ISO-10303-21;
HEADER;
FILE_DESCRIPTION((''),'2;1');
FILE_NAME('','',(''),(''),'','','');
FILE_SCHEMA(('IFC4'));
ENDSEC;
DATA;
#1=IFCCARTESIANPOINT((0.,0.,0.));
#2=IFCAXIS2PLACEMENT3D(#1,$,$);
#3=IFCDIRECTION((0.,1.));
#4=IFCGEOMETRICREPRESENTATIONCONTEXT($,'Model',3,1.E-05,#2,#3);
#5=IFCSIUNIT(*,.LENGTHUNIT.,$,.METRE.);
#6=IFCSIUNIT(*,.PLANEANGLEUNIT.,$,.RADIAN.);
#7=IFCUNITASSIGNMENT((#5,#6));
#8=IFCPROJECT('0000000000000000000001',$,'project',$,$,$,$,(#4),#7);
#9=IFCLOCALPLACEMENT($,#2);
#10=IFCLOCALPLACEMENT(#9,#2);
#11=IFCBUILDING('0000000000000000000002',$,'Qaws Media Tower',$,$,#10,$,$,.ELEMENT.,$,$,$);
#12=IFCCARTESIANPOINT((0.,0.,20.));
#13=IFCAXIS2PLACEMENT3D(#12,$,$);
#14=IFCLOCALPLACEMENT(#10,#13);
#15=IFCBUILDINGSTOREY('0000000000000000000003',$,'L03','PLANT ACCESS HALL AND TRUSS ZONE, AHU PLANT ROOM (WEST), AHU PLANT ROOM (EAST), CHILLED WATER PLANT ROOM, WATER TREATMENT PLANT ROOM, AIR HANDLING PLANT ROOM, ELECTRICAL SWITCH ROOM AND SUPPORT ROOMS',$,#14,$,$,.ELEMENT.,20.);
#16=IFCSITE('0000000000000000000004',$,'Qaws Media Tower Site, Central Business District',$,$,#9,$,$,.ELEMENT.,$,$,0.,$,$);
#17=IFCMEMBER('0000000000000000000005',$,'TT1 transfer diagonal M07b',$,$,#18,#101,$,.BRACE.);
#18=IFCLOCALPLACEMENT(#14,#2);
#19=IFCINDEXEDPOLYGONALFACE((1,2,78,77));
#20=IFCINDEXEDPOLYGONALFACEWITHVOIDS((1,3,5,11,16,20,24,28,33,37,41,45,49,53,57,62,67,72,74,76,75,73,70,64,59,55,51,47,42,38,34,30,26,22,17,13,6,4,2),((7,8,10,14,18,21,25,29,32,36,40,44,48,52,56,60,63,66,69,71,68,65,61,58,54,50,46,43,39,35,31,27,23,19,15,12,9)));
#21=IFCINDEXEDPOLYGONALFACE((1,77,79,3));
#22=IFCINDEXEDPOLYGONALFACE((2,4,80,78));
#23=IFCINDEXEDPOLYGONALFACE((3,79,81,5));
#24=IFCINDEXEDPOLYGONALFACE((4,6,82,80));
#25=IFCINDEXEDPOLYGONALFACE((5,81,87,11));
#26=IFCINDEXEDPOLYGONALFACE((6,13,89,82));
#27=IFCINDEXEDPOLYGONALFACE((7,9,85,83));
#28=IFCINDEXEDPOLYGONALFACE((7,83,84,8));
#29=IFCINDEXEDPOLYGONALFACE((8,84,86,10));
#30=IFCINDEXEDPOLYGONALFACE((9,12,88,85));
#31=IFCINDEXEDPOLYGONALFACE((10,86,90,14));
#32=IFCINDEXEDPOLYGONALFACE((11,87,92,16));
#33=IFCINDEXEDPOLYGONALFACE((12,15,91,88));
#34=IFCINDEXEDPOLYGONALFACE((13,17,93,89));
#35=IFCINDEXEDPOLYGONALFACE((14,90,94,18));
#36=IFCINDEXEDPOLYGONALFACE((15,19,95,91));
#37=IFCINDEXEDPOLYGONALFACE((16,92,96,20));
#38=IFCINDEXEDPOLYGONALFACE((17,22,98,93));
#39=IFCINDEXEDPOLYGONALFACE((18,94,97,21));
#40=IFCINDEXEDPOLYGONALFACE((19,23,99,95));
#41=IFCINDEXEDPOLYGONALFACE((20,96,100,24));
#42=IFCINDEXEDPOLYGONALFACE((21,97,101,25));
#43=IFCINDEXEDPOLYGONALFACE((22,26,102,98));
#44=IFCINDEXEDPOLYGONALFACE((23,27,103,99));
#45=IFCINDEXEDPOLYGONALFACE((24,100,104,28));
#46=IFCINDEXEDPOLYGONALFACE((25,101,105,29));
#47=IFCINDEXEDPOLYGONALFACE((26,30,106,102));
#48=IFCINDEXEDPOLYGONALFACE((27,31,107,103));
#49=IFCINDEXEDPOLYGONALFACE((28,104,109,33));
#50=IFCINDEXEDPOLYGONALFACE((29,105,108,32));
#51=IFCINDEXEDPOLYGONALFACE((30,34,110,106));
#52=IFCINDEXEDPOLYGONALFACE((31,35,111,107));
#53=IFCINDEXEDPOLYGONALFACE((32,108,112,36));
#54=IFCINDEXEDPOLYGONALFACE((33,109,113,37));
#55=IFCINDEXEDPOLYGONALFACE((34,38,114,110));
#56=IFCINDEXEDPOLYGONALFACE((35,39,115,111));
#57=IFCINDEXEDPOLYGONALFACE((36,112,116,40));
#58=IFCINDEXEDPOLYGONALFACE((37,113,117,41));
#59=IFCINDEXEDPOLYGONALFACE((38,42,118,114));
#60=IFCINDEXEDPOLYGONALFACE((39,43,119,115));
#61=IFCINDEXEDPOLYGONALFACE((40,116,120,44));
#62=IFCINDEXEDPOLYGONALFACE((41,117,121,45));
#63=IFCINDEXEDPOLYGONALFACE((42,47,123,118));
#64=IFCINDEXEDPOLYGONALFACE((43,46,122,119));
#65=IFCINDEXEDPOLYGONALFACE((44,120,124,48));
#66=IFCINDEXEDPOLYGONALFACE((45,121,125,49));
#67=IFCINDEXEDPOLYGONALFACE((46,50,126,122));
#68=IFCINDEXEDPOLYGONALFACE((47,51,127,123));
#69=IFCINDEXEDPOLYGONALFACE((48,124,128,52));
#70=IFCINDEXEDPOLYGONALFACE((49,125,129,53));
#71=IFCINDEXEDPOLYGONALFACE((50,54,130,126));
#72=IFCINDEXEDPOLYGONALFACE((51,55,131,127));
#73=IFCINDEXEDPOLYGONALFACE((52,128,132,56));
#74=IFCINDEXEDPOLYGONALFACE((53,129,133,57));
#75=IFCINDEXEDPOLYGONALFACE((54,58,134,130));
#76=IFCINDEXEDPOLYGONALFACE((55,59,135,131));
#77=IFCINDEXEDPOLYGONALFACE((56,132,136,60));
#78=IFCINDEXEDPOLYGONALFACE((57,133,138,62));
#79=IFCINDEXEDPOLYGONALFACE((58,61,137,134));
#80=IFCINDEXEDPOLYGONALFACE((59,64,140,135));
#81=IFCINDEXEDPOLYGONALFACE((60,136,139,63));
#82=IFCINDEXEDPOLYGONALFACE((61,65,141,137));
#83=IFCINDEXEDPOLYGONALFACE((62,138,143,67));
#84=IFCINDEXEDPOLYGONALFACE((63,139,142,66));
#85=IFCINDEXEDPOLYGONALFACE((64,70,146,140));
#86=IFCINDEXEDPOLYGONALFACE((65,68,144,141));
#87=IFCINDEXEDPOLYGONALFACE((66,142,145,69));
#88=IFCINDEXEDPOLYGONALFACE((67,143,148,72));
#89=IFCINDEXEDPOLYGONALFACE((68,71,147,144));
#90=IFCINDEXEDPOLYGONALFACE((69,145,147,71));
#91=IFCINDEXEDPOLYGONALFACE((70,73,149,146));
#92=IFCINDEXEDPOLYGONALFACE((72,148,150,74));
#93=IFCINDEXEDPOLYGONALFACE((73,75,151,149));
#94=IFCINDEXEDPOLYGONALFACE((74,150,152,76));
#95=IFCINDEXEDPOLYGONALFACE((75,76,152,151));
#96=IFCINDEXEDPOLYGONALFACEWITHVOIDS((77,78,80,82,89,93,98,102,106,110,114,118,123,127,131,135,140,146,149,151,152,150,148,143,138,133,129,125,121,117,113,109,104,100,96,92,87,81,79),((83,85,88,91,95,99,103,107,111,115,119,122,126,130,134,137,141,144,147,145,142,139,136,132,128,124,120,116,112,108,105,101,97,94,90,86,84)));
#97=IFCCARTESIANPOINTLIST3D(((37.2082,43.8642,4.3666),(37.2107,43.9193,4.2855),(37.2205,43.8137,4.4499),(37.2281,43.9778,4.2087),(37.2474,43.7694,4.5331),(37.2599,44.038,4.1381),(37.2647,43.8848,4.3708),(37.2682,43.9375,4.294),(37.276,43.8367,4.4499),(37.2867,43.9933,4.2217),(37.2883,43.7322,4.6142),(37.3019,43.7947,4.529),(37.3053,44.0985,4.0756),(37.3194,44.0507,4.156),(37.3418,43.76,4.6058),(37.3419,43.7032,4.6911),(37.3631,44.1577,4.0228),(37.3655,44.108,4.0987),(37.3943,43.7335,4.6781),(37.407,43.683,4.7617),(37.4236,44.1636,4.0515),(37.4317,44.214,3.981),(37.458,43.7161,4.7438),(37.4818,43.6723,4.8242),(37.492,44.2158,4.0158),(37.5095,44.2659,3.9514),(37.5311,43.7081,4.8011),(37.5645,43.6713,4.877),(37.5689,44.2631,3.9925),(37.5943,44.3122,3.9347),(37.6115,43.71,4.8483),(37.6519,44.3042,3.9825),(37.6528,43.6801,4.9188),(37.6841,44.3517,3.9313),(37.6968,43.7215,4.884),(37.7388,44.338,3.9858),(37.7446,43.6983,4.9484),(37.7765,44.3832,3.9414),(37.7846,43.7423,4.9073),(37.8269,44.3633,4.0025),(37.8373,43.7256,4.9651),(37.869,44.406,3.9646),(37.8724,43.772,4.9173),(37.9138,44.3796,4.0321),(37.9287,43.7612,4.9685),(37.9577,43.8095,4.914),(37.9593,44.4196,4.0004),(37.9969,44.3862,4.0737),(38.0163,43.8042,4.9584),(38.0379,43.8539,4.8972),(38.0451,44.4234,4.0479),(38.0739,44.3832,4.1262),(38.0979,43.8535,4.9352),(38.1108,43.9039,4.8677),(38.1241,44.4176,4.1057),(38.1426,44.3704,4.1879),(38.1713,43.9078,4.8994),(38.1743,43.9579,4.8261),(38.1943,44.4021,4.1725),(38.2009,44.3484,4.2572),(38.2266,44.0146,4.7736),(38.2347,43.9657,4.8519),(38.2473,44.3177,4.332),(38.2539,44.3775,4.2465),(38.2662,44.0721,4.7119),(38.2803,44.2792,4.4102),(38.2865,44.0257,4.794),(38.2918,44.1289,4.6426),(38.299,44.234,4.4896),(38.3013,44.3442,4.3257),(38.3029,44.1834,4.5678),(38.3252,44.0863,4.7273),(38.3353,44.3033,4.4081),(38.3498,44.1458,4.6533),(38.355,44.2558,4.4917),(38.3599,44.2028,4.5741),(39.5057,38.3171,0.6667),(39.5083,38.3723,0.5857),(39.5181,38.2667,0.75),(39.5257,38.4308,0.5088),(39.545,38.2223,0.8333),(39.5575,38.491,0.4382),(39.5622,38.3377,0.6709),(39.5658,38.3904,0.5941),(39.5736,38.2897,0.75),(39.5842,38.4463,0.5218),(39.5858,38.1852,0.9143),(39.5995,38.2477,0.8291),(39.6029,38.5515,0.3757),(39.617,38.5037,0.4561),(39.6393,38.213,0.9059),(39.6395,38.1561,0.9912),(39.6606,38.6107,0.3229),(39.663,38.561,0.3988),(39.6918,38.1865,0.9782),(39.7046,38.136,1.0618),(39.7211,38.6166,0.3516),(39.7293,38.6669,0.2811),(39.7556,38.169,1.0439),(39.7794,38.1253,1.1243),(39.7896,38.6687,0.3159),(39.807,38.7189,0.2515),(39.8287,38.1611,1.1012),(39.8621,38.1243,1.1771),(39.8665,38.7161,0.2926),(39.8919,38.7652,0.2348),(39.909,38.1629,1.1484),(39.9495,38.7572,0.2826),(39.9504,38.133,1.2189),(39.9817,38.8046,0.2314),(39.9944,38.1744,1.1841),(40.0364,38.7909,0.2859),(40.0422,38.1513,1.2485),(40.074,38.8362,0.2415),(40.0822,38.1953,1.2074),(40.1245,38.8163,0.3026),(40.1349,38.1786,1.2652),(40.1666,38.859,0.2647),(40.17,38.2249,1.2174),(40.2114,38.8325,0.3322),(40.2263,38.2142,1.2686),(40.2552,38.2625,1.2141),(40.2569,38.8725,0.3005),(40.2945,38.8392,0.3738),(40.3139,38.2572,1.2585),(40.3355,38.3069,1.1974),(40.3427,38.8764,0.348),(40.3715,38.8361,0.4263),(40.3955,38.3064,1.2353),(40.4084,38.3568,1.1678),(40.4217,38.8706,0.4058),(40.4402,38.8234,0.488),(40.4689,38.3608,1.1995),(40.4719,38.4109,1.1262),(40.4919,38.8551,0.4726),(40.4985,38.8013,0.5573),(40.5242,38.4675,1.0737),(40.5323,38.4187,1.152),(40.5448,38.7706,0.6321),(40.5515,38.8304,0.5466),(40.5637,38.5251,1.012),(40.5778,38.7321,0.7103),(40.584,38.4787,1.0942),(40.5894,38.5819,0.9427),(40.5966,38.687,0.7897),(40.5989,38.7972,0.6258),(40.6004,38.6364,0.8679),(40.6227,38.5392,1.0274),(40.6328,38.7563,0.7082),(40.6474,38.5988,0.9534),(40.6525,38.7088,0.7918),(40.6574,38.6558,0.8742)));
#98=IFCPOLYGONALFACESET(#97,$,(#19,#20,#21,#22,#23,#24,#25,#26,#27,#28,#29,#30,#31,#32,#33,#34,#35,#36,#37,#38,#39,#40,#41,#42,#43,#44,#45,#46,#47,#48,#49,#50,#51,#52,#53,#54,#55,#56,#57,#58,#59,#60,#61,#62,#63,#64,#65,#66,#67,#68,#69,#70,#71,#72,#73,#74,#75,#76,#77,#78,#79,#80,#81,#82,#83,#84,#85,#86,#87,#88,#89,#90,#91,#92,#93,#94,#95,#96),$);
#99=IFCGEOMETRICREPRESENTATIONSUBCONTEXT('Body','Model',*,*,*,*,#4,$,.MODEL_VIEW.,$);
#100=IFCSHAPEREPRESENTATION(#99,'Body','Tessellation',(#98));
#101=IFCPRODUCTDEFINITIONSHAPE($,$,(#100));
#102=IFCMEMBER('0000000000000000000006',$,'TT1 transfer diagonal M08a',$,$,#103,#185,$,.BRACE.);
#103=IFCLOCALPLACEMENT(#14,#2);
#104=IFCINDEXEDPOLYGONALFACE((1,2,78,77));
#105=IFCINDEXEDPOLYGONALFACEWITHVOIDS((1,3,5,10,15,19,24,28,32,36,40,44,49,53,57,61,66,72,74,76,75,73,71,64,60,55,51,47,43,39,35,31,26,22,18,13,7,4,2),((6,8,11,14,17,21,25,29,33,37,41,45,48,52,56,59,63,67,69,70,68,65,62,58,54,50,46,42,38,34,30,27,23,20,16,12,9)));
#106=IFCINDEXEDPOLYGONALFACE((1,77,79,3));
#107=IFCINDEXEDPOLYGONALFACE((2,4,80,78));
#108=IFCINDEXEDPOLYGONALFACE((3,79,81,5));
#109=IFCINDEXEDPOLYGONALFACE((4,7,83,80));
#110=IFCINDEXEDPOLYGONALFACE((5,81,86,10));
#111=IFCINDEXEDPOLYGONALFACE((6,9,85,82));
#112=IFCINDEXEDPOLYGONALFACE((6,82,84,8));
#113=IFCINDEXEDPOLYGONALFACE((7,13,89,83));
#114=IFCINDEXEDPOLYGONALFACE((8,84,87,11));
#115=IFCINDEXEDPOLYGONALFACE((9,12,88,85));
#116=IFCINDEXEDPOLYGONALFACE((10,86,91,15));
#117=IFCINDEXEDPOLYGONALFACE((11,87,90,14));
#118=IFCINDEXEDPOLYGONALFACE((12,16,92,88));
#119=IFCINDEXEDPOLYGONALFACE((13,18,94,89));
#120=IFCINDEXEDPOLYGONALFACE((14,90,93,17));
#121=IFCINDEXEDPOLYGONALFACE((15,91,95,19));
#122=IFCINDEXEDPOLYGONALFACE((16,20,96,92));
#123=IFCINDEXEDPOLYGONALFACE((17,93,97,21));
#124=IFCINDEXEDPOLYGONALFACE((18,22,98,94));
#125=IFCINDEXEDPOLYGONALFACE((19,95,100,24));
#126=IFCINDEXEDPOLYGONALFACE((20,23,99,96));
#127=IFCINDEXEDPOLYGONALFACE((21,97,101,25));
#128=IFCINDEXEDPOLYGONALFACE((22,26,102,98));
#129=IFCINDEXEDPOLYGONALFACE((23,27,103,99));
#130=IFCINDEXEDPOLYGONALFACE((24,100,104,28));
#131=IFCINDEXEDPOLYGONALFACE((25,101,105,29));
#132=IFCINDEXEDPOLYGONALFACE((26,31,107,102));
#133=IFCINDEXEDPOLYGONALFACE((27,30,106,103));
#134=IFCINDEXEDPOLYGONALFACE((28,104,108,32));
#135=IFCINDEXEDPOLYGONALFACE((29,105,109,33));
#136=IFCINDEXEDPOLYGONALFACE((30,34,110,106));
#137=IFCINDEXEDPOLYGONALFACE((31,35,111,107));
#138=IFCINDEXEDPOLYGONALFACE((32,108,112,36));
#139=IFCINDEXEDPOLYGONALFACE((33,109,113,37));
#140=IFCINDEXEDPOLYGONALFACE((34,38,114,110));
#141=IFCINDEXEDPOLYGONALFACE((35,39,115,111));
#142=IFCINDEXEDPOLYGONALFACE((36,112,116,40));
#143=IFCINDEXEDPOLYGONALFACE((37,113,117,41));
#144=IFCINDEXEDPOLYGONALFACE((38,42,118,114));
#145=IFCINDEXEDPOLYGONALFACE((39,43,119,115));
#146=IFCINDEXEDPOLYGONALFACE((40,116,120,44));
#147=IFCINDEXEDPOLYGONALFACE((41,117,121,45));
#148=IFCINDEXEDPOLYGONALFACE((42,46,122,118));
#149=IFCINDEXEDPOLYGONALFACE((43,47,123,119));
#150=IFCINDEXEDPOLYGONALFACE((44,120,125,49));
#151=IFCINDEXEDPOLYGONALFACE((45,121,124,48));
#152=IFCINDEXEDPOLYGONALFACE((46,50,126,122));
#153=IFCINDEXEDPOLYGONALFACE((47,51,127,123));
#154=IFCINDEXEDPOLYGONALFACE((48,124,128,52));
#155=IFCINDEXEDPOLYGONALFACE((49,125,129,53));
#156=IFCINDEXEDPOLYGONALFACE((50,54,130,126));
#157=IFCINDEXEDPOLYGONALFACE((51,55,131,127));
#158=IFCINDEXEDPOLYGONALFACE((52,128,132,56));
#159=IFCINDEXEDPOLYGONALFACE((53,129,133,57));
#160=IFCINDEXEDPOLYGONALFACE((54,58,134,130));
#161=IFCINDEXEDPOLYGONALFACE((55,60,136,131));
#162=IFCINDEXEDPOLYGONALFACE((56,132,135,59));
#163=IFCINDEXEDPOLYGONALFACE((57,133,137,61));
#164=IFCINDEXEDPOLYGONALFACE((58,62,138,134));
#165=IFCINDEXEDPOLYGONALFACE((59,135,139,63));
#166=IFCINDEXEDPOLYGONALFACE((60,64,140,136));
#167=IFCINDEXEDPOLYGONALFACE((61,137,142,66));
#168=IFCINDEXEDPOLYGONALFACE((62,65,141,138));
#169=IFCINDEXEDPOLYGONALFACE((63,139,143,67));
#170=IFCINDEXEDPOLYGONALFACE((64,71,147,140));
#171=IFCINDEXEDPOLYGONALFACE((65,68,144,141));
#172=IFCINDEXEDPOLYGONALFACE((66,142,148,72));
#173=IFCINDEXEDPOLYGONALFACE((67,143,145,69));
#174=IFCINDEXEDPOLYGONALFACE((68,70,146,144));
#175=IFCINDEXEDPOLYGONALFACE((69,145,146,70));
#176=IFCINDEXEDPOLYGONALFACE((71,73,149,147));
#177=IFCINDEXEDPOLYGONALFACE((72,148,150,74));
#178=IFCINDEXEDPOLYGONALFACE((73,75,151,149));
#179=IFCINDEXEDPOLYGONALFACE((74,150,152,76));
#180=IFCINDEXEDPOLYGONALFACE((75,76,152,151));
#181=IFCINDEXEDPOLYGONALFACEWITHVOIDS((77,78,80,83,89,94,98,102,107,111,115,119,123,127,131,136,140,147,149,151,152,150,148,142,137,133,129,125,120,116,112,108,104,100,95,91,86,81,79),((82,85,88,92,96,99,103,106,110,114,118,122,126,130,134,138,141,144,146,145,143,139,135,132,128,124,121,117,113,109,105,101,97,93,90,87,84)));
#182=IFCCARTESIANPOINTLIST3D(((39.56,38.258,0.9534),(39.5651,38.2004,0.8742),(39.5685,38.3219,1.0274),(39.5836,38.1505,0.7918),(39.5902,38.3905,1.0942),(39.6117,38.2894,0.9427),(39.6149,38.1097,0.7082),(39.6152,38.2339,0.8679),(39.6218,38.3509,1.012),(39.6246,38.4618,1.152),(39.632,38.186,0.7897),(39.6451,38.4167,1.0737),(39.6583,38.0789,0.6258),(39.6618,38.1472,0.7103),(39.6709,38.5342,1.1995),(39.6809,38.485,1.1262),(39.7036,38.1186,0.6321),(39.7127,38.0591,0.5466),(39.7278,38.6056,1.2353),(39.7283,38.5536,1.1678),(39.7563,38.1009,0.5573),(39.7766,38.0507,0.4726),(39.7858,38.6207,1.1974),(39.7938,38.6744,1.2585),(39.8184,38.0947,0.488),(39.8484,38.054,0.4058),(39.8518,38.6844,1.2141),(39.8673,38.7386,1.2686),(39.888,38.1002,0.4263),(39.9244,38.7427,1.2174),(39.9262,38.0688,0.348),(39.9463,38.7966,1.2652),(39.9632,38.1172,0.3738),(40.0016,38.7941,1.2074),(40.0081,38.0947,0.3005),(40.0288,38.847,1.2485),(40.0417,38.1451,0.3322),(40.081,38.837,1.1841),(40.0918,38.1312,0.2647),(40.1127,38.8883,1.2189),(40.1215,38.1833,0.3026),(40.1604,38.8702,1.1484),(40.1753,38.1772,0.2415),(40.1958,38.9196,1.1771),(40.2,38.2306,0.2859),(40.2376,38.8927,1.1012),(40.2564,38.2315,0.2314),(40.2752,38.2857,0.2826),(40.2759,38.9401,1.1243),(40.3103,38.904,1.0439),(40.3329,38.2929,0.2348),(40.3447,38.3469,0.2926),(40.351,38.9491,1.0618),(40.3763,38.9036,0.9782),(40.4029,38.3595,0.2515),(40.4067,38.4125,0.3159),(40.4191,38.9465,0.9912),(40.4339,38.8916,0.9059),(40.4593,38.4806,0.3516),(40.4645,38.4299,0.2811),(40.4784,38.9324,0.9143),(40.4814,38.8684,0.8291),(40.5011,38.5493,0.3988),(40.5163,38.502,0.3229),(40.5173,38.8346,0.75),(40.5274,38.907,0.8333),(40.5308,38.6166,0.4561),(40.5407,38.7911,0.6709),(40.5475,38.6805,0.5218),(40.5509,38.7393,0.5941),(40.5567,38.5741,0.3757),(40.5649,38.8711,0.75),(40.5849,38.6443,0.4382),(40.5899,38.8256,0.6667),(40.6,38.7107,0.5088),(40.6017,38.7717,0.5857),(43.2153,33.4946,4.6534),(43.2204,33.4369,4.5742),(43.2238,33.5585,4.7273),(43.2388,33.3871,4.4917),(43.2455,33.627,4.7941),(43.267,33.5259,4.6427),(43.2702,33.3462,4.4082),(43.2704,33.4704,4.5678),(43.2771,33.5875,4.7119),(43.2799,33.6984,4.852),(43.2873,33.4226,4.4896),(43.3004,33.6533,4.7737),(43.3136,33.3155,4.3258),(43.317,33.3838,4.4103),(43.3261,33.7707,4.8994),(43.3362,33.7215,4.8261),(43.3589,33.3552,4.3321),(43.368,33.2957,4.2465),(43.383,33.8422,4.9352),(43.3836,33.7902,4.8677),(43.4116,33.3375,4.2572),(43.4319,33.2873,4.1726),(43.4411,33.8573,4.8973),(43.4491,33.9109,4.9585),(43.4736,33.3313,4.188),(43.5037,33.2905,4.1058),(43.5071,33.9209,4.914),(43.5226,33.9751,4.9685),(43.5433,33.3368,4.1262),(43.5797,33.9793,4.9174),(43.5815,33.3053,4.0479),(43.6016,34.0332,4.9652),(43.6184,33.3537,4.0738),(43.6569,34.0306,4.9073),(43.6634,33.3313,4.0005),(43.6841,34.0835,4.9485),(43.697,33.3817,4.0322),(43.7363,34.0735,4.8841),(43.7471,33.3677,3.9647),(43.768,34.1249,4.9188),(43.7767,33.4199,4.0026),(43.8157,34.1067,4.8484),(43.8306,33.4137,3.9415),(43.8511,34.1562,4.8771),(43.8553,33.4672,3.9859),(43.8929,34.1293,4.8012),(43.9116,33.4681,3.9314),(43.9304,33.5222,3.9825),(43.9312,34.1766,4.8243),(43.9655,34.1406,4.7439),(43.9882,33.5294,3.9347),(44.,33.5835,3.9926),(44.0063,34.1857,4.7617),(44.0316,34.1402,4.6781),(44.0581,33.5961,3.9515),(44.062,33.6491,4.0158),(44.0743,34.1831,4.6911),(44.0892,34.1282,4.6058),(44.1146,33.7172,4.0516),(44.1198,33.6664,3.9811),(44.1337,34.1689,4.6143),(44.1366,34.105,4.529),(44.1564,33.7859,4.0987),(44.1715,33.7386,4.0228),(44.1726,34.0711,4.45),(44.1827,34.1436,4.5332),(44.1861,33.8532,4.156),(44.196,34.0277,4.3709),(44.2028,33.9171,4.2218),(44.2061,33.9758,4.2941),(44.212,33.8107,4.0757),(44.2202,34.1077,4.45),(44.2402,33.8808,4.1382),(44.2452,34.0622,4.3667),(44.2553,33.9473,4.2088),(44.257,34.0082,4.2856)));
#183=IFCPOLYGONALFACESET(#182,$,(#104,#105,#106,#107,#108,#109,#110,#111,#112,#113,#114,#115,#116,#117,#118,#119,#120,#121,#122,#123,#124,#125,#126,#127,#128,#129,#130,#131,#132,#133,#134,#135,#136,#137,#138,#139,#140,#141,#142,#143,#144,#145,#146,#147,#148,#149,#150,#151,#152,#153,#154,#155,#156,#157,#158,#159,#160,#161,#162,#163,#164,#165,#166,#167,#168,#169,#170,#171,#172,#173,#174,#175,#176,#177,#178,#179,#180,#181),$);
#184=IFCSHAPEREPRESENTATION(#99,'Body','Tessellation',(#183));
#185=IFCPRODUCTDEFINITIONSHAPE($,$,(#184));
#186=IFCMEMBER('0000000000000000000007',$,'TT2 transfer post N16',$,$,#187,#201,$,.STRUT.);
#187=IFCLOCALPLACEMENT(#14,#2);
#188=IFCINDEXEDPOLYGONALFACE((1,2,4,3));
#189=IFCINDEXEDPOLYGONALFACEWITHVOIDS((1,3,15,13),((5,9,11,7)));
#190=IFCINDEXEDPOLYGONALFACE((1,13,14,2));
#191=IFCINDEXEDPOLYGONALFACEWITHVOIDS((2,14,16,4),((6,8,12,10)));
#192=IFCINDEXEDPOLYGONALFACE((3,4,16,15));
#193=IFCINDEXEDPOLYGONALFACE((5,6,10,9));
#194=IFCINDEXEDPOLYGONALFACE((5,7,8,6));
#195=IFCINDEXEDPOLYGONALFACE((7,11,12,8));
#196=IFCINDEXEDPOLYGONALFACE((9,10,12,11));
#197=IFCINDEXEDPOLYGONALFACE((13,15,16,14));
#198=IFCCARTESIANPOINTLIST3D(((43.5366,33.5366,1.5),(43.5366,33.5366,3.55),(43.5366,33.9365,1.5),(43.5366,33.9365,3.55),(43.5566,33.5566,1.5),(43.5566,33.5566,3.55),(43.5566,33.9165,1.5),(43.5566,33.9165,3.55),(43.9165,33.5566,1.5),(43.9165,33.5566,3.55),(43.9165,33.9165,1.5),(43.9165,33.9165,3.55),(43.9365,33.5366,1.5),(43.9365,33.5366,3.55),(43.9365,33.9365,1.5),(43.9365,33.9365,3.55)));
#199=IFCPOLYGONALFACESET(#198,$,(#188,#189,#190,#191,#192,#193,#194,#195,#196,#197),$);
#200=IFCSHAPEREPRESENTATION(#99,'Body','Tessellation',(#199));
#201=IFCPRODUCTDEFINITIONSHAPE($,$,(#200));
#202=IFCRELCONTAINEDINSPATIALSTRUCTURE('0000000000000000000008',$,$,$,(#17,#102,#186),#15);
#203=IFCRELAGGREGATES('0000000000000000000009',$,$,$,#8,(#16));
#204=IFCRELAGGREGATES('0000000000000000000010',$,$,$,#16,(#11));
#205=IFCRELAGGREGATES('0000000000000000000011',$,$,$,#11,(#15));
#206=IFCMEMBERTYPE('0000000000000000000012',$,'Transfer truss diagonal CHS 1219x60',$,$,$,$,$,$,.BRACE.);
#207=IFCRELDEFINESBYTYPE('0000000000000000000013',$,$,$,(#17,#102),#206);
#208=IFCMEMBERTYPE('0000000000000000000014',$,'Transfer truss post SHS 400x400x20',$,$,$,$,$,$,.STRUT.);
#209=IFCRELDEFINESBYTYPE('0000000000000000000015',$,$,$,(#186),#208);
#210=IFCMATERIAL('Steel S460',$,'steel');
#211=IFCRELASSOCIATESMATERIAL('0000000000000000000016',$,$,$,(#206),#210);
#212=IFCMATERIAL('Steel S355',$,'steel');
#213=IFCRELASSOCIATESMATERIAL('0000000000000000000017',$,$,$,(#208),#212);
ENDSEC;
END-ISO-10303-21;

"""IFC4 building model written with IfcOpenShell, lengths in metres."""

from ifc_helpers import new_model, si_unit, direction, frame, origin, origin_2d, place, context, subcontext, project, spatial, hollow_rectangle, hollow_circle, extrude, material, material_profile, profile_set, type_object, element, save


model = new_model("IFC4")

# Units and contexts
model_context = context("Model", 3, precision=1e-05, world=origin(), true_north=direction((0.0, 1.0)))
body_context = subcontext(model_context, "Body", "Model", "MODEL_VIEW")
ifc_project = project(units=[si_unit("LENGTHUNIT", "METRE"), si_unit("PLANEANGLEUNIT", "RADIAN")], contexts=[model_context])

# Site, building, storey
site_placement = place(None, origin())
site = spatial("IfcSite", under=ifc_project, at=site_placement, Name="Qaws Media Tower Site, Central Business District", CompositionType="ELEMENT", RefElevation=0.0)
building_placement = place(site_placement, origin())
building = spatial("IfcBuilding", under=site, at=building_placement, Name="Qaws Media Tower", CompositionType="ELEMENT")
storey_placement = place(building_placement, frame((0.0, 0.0, 20.0)))
storey = spatial("IfcBuildingStorey", under=building, at=storey_placement, Name="L03", Description="PLANT ACCESS HALL AND TRUSS ZONE, AHU PLANT ROOM (WEST), AHU PLANT ROOM (EAST), CHILLED WATER PLANT ROOM, WATER TREATMENT PLANT ROOM, AIR HANDLING PLANT ROOM, ELECTRICAL SWITCH ROOM AND SUPPORT ROOMS", CompositionType="ELEMENT", Elevation=20.0)

# Members
ifc_material_1 = material(Name="Steel S460", Category="steel")
ifc_material_profile_1 = material_profile(ifc_material_1, hollow_circle(Radius=0.6096, WallThickness=0.0601, at=origin_2d()), Name="CHS 1219x60")
ifc_profile_set_1 = profile_set([ifc_material_profile_1], Name="Steel S460")
member_type_1 = type_object("IfcMemberType", Name="Transfer truss diagonal CHS 1219x60", PredefinedType="BRACE", material=ifc_profile_set_1)
member_1_placement = place(storey_placement, frame((40.0813, 38.5, 0.75), z_axis=(-0.325782, 0.786535, 0.524622), x_axis=(-0.923885, -0.382671, 0.0)))
element("IfcMember", 1, at=member_1_placement, inside=storey, type_object=member_type_1, Name="TT1 transfer diagonal M07b", PredefinedType="BRACE", context=body_context, shape_type="SweptSolid", body=[
    extrude(hollow_circle(Radius=0.6096, WallThickness=0.0601, at=origin_2d()), origin(), (0.0, 0.0, 1.0), 7.0525),
])
member_2_placement = place(storey_placement, frame((40.0813, 38.5, 0.75), z_axis=(0.518278, -0.675403, 0.524613), x_axis=(0.79334, 0.608779, 0.0)))
element("IfcMember", 2, at=member_2_placement, inside=storey, type_object=member_type_1, Name="TT1 transfer diagonal M08a", PredefinedType="BRACE", context=body_context, shape_type="SweptSolid", body=[
    extrude(hollow_circle(Radius=0.6096, WallThickness=0.0601, at=origin_2d()), origin(), (0.0, 0.0, 1.0), 7.0527),
])
ifc_material_2 = material(Name="Steel S355", Category="steel")
ifc_material_profile_2 = material_profile(ifc_material_2, hollow_rectangle(XDim=0.3999, YDim=0.3999, WallThickness=0.02, at=origin_2d()), Name="SHS 400x400x20")
ifc_profile_set_2 = profile_set([ifc_material_profile_2], Name="Steel S355")
member_type_2 = type_object("IfcMemberType", Name="Transfer truss post SHS 400x400x20", PredefinedType="STRUT", material=ifc_profile_set_2)
member_3_placement = place(storey_placement, frame((43.7366, 33.7366, 1.5), z_axis=(0.0, 0.0, 1.0), x_axis=(1.0, 0.0, 0.0)))
element("IfcMember", 3, at=member_3_placement, inside=storey, type_object=member_type_2, Name="TT2 transfer post N16", PredefinedType="STRUT", context=body_context, shape_type="SweptSolid", body=[
    extrude(hollow_rectangle(XDim=0.3999, YDim=0.3999, WallThickness=0.02, at=origin_2d()), origin(), (0.0, 0.0, 1.0), 2.05),
])

save(model, "model.ifc")
